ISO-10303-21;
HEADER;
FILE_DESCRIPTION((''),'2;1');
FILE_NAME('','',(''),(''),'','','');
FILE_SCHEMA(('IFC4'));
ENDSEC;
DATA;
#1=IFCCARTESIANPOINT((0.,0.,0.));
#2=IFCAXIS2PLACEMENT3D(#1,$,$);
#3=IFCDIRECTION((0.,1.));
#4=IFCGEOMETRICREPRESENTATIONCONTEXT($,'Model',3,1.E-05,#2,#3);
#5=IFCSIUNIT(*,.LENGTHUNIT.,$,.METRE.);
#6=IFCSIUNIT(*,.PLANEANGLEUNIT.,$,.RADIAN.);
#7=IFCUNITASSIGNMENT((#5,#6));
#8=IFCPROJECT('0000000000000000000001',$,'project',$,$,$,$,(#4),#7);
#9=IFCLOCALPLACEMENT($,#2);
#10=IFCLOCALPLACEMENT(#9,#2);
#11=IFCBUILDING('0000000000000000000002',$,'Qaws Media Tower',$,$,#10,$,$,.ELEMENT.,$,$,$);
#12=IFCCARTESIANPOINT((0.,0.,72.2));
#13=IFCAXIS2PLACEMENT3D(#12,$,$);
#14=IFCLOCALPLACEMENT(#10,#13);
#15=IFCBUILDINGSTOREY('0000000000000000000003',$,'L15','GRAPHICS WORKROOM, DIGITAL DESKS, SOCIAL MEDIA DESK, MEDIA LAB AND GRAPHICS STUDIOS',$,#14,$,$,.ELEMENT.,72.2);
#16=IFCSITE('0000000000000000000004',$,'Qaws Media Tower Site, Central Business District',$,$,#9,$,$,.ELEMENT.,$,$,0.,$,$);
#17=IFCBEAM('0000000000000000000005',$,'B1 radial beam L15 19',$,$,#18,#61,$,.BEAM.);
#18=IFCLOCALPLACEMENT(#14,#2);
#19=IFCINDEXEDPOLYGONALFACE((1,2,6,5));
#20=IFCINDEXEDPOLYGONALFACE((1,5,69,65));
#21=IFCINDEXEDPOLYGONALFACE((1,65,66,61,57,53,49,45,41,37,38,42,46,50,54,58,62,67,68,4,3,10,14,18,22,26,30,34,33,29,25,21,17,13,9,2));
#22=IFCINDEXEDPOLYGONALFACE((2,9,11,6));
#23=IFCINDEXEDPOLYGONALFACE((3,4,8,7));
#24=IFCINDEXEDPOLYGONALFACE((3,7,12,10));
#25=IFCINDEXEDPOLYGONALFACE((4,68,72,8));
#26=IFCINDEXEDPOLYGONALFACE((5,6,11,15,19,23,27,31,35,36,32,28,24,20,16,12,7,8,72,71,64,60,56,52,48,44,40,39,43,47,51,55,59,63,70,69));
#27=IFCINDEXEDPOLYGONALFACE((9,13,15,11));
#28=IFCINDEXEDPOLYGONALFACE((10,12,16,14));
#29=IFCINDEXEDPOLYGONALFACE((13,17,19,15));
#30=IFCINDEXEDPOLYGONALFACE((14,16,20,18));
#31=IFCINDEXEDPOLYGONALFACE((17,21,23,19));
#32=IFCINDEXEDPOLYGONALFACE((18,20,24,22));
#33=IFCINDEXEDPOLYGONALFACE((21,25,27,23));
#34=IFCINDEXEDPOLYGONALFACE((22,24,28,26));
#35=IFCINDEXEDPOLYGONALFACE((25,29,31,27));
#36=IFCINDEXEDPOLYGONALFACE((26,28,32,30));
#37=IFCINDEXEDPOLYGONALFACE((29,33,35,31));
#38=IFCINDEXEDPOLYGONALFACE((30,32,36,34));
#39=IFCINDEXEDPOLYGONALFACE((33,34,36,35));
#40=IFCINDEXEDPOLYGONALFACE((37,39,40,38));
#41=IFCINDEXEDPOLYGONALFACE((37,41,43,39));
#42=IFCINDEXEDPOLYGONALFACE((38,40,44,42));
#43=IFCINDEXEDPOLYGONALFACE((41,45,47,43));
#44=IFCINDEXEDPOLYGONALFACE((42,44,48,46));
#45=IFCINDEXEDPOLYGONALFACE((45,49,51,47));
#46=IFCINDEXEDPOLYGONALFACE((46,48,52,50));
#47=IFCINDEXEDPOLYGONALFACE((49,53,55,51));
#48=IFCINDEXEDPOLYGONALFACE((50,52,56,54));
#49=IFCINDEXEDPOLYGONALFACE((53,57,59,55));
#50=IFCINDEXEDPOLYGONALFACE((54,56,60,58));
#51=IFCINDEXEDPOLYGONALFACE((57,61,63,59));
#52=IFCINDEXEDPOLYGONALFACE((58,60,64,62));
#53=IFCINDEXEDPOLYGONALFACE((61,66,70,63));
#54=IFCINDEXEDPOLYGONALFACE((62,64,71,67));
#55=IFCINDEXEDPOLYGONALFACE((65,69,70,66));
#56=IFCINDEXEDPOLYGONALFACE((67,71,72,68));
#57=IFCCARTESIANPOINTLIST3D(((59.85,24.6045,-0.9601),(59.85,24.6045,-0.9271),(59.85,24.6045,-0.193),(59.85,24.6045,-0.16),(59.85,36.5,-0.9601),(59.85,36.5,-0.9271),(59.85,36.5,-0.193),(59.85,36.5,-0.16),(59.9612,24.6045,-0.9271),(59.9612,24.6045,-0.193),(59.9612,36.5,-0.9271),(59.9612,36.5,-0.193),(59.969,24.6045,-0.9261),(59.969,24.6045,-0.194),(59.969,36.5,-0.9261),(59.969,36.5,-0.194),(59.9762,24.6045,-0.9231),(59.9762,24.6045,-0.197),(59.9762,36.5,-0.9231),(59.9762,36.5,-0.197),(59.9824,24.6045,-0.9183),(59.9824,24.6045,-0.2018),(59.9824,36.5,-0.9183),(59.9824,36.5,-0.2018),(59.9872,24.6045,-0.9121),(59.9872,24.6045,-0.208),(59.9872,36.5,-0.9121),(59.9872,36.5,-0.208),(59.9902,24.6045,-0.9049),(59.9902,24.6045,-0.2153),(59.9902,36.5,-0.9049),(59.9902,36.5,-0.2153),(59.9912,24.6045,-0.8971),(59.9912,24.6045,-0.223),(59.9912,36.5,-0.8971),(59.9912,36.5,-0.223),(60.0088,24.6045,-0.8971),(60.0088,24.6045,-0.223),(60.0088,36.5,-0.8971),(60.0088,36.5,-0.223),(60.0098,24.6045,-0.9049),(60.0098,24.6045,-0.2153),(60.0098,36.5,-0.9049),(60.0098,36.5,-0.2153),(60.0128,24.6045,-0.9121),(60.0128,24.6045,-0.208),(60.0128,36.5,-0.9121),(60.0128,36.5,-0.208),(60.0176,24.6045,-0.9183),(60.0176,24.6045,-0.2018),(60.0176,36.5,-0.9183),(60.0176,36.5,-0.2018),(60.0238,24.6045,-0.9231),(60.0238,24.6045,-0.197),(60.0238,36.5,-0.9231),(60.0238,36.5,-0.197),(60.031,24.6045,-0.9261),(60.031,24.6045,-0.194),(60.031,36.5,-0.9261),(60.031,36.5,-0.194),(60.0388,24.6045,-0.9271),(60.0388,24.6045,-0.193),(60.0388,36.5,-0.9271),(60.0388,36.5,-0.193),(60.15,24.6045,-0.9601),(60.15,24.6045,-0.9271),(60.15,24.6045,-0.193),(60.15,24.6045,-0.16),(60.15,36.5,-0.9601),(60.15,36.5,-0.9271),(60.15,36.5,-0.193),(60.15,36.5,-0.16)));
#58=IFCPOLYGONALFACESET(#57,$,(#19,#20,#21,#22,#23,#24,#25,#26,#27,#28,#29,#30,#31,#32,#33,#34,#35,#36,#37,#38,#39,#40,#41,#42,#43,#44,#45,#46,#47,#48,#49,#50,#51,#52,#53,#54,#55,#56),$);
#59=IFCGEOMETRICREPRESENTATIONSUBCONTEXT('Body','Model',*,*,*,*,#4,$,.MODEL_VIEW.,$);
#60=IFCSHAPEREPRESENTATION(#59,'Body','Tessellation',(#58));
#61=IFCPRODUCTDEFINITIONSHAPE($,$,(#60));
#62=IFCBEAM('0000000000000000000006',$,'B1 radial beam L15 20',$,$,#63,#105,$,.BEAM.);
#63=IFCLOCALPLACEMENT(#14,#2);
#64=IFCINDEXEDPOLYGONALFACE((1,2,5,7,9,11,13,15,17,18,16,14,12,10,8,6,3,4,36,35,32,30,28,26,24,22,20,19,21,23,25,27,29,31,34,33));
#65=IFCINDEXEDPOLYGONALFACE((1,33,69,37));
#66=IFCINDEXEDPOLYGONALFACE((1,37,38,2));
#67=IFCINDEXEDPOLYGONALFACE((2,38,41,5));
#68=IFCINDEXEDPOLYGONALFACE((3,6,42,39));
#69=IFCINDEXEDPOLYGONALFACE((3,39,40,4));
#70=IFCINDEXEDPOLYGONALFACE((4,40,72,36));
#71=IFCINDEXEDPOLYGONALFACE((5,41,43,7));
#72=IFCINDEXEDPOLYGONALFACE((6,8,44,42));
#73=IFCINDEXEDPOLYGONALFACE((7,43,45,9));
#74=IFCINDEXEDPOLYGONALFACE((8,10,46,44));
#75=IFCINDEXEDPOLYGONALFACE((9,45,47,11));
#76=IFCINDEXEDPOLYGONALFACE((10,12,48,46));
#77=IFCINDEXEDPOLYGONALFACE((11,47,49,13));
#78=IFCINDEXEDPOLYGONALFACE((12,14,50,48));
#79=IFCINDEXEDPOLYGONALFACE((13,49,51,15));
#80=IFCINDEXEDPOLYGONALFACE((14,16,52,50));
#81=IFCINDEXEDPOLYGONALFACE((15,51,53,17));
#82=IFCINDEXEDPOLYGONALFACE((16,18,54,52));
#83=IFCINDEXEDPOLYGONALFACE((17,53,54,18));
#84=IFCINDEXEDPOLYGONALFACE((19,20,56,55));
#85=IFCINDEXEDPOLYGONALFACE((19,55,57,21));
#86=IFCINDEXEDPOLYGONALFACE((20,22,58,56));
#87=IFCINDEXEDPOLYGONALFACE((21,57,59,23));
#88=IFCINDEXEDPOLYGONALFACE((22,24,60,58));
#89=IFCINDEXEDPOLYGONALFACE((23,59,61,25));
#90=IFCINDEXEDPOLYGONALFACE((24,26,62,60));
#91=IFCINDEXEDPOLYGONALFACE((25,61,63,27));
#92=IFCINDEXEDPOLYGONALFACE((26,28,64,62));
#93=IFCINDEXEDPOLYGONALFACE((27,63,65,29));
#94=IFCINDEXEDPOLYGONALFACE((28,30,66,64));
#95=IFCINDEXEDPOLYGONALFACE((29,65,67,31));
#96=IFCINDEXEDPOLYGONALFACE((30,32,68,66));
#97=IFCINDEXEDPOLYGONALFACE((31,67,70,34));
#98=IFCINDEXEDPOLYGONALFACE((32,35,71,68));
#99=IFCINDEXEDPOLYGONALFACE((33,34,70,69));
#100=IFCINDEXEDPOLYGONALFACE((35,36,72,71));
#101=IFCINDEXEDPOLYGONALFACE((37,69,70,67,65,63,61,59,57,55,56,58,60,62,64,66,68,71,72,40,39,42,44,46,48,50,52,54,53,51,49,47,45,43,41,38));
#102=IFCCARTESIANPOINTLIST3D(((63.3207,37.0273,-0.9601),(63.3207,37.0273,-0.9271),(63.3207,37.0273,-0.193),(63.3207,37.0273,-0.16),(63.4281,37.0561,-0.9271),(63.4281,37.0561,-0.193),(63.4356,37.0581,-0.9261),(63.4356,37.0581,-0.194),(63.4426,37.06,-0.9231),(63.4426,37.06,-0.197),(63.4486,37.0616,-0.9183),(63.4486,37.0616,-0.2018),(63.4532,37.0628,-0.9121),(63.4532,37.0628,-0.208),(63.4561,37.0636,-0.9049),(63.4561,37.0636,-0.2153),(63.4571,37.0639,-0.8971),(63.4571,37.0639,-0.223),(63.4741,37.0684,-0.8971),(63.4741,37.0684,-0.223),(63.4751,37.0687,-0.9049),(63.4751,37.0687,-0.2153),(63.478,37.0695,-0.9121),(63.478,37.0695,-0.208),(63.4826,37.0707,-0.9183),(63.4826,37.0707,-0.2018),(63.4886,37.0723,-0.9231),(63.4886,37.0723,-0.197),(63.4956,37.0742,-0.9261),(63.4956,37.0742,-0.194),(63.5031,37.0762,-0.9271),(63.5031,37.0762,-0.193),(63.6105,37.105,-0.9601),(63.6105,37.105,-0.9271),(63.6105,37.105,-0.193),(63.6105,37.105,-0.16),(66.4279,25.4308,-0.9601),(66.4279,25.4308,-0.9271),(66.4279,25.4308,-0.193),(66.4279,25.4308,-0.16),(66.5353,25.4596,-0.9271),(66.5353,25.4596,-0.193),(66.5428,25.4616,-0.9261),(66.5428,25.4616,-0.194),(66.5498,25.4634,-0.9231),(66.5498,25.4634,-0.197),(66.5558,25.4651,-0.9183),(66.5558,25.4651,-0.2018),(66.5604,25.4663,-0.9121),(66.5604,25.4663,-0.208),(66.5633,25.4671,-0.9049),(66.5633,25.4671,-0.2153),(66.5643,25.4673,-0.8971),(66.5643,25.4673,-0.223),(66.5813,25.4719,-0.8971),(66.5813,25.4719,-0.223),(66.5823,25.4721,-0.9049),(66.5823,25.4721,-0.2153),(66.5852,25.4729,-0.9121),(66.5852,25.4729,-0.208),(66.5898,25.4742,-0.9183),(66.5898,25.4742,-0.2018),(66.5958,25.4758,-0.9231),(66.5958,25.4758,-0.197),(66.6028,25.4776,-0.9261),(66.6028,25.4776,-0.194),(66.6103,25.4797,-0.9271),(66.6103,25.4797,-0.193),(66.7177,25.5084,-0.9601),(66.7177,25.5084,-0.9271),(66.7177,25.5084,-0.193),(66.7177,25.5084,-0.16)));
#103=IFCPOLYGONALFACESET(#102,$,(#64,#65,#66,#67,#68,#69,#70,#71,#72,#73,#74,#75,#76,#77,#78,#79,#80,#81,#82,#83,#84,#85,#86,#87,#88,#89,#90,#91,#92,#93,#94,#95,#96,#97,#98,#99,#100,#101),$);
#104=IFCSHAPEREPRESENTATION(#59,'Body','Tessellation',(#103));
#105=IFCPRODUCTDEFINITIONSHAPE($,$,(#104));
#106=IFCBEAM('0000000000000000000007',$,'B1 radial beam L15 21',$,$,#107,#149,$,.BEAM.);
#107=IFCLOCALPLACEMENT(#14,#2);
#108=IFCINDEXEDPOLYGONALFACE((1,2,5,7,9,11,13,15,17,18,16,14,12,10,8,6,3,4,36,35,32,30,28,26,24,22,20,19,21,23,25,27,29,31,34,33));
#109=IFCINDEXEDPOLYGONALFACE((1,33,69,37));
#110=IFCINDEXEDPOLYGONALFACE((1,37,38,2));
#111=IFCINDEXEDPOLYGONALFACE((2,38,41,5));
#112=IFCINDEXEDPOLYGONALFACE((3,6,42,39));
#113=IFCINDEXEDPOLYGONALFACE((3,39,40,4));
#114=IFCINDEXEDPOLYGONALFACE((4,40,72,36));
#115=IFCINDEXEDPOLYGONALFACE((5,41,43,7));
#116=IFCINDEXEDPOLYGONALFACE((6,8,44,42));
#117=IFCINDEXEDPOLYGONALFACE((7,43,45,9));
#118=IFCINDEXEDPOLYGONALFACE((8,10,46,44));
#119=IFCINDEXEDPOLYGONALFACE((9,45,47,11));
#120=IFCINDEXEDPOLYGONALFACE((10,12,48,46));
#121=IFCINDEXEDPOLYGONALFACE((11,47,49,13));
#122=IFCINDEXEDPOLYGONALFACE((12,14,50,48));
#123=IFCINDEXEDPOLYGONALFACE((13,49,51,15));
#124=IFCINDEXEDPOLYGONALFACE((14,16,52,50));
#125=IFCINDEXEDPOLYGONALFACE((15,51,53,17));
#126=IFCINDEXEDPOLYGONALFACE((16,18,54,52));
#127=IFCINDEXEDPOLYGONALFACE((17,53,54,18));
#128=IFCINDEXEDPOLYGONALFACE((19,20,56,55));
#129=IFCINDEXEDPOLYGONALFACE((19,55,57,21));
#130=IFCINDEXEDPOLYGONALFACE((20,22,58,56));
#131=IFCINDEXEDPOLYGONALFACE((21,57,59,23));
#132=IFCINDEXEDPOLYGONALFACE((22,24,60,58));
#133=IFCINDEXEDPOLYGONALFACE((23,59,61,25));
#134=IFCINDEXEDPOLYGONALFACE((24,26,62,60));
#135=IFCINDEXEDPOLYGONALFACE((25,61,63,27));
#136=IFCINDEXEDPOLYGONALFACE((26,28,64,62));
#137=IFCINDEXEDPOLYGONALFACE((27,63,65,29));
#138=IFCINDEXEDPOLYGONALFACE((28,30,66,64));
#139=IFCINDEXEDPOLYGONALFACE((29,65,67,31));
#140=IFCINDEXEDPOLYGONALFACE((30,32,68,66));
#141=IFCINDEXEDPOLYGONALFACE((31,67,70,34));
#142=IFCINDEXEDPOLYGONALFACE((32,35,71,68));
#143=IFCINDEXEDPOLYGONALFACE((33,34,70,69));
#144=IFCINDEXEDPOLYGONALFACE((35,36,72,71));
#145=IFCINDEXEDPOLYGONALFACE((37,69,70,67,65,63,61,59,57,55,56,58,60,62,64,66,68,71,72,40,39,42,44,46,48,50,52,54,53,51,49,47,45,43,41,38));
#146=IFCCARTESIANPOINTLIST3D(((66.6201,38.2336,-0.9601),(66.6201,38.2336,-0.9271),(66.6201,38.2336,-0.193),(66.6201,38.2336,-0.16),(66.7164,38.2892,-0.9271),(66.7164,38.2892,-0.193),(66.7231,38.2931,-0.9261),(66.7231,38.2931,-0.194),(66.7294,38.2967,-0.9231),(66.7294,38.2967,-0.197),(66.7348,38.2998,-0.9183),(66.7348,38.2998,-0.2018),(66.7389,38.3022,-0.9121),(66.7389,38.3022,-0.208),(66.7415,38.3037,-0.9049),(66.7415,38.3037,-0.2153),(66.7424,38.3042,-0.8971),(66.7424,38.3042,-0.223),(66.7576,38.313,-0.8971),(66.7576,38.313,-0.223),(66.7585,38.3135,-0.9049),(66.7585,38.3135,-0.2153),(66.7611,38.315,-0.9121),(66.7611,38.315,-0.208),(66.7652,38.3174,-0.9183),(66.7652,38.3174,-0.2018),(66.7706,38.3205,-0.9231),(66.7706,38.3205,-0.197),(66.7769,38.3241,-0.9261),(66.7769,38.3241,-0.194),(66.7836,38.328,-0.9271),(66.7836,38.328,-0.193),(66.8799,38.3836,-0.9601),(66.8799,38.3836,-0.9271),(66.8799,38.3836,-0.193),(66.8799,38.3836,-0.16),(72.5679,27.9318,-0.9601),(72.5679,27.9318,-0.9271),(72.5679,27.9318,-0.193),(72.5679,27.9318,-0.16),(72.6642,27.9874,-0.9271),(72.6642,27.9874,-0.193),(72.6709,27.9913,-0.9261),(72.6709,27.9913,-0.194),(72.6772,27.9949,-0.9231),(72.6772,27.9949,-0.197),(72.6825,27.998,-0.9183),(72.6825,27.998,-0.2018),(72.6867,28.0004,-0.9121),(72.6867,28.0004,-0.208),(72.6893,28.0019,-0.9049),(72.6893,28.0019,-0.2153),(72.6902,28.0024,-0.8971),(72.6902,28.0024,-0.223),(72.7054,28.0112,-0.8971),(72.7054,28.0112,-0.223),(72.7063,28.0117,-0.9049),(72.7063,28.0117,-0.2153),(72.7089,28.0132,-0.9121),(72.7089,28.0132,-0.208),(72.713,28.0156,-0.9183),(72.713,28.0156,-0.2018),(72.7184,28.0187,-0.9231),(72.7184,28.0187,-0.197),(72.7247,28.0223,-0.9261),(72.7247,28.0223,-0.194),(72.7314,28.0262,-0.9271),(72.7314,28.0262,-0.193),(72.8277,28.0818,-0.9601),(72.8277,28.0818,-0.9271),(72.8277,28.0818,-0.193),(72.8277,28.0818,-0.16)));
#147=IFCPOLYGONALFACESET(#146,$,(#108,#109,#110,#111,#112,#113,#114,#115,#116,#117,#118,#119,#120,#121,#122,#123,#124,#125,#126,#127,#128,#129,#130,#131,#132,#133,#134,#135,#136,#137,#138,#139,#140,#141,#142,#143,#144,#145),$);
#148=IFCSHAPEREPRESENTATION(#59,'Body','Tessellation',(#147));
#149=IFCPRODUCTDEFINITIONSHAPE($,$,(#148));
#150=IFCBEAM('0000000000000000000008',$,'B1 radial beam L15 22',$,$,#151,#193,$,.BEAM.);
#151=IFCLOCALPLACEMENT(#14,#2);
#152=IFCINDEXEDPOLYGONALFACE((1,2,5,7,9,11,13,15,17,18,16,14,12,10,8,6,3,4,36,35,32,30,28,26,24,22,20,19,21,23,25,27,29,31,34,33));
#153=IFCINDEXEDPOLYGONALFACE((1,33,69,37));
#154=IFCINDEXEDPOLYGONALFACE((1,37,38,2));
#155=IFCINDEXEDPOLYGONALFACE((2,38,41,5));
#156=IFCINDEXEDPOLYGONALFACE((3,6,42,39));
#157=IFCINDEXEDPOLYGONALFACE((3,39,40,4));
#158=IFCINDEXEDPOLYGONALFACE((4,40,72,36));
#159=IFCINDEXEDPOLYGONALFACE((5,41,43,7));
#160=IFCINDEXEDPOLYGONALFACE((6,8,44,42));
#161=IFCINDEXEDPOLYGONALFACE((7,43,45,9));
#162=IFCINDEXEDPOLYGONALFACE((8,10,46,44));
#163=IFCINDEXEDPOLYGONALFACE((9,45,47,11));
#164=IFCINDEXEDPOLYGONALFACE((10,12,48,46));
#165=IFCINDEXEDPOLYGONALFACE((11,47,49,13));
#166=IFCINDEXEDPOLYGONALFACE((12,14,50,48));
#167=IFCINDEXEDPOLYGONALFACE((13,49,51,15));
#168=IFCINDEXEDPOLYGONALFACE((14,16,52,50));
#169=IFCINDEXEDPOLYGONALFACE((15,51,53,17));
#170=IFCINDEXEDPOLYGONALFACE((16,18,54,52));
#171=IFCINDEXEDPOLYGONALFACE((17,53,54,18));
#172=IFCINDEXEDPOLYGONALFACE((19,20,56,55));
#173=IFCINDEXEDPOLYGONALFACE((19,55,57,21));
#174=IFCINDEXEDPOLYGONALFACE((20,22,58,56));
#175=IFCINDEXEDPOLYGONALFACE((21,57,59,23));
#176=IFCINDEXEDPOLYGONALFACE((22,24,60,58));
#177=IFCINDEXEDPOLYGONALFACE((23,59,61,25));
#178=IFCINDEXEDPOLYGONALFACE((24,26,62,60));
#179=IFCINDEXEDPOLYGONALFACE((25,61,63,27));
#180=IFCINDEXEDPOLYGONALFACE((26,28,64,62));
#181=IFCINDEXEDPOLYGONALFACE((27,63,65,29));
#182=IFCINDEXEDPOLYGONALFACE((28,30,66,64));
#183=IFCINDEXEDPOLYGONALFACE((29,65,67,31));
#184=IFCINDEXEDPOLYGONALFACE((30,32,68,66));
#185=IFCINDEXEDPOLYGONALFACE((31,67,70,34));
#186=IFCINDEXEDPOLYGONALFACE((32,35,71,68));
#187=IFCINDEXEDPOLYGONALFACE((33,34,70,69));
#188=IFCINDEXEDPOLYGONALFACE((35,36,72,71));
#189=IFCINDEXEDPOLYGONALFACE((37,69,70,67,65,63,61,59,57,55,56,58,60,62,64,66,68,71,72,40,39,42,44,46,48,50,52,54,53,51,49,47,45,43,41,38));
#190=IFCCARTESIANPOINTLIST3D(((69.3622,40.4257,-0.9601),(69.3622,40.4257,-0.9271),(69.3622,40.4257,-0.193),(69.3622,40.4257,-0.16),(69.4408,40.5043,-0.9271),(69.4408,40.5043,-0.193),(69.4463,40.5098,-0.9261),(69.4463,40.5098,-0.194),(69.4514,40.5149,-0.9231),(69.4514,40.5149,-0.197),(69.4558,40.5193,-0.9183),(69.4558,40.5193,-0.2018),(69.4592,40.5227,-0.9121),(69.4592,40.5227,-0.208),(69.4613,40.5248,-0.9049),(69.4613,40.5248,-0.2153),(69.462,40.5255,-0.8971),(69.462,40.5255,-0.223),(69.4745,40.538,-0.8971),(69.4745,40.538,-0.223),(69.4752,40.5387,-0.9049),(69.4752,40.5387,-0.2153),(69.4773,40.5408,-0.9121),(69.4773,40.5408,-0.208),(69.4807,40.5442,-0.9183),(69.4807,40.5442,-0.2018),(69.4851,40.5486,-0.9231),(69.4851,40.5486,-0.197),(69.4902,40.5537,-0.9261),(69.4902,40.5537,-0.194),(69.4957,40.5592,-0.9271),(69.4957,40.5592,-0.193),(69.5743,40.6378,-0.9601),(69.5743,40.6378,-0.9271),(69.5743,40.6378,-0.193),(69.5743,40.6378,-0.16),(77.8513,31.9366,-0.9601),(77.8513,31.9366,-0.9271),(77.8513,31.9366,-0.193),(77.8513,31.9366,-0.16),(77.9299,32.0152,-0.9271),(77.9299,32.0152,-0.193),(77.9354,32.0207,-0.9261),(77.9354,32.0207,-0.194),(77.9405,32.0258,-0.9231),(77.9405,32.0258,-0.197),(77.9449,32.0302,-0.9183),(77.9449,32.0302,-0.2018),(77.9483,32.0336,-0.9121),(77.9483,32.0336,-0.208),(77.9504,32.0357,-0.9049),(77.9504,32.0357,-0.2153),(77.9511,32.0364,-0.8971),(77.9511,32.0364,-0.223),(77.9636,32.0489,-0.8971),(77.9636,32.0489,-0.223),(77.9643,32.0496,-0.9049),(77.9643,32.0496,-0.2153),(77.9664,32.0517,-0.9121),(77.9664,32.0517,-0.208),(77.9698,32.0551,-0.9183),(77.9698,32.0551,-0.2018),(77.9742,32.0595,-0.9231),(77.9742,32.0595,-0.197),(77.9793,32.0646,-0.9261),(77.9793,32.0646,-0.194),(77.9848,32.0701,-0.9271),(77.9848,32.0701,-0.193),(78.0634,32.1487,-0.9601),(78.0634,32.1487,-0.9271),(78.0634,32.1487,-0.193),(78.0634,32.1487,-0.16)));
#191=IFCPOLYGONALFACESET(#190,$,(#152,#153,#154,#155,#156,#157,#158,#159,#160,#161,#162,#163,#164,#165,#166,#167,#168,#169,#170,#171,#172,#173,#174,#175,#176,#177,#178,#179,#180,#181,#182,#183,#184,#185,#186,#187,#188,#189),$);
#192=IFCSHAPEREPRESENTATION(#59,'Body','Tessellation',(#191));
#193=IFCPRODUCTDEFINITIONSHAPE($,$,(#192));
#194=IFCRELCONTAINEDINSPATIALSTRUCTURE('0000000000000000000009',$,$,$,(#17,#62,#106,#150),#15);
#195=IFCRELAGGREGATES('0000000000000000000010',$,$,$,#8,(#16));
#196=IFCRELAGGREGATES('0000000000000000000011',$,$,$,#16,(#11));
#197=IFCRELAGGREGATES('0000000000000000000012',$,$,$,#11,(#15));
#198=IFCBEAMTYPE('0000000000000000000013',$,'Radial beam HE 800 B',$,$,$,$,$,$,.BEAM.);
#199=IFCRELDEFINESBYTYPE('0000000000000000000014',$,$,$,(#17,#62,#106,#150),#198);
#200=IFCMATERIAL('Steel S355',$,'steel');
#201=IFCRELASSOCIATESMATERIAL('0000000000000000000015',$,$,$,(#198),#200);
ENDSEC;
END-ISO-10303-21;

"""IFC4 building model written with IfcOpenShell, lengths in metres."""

from ifc_helpers import new_model, si_unit, direction, frame, origin, origin_2d, place, context, subcontext, project, spatial, i_section, extrude, material, material_profile, profile_set, type_object, element, save


model = new_model("IFC4")

# Units and contexts
model_context = context("Model", 3, precision=1e-05, world=origin(), true_north=direction((0.0, 1.0)))
body_context = subcontext(model_context, "Body", "Model", "MODEL_VIEW")
ifc_project = project(units=[si_unit("LENGTHUNIT", "METRE"), si_unit("PLANEANGLEUNIT", "RADIAN")], contexts=[model_context])

# Site, building, storey
site_placement = place(None, origin())
site = spatial("IfcSite", under=ifc_project, at=site_placement, Name="Qaws Media Tower Site, Central Business District", CompositionType="ELEMENT", RefElevation=0.0)
building_placement = place(site_placement, origin())
building = spatial("IfcBuilding", under=site, at=building_placement, Name="Qaws Media Tower", CompositionType="ELEMENT")
storey_placement = place(building_placement, frame((0.0, 0.0, 72.2)))
storey = spatial("IfcBuildingStorey", under=building, at=storey_placement, Name="L15", Description="GRAPHICS WORKROOM, DIGITAL DESKS, SOCIAL MEDIA DESK, MEDIA LAB AND GRAPHICS STUDIOS", CompositionType="ELEMENT", Elevation=72.2)

# Beams
ifc_material_1 = material(Name="Steel S355", Category="steel")
ifc_material_profile_1 = material_profile(ifc_material_1, i_section(OverallWidth=0.3, OverallDepth=0.8, WebThickness=0.0176, FlangeThickness=0.033, FilletRadius=0.03, at=origin_2d()), Name="HE 800 B")
ifc_profile_set_1 = profile_set([ifc_material_profile_1], Name="Steel S355")
beam_type_1 = type_object("IfcBeamType", Name="Radial beam HE 800 B", PredefinedType="BEAM", material=ifc_profile_set_1)
beam_1_placement = place(storey_placement, frame((60.0, 36.5, -0.5601), z_axis=(0.0, -1.0, 0.0), x_axis=(1.0, 0.0, 0.0)))
element("IfcBeam", 1, at=beam_1_placement, inside=storey, type_object=beam_type_1, Name="B1 radial beam L15 19", PredefinedType="BEAM", context=body_context, shape_type="SweptSolid", body=[
    extrude(i_section(OverallWidth=0.3, OverallDepth=0.8, WebThickness=0.0176, FlangeThickness=0.033, FilletRadius=0.03, at=origin_2d()), origin(), (0.0, 0.0, 1.0), 11.8955),
])
beam_2_placement = place(storey_placement, frame((63.4656, 37.0662, -0.5601), z_axis=(0.258813, -0.965927, 0.0), x_axis=(0.965927, 0.258813, 0.0)))
element("IfcBeam", 2, at=beam_2_placement, inside=storey, type_object=beam_type_1, Name="B1 radial beam L15 20", PredefinedType="BEAM", context=body_context, shape_type="SweptSolid", body=[
    extrude(i_section(OverallWidth=0.3, OverallDepth=0.8, WebThickness=0.0176, FlangeThickness=0.033, FilletRadius=0.03, at=origin_2d()), origin(), (0.0, 0.0, 1.0), 12.0056),
])
beam_3_placement = place(storey_placement, frame((66.75, 38.3086, -0.5601), z_axis=(0.500002, -0.866024, 0.0), x_axis=(0.866024, 0.500002, 0.0)))
element("IfcBeam", 3, at=beam_3_placement, inside=storey, type_object=beam_type_1, Name="B1 radial beam L15 21", PredefinedType="BEAM", context=body_context, shape_type="SweptSolid", body=[
    extrude(i_section(OverallWidth=0.3, OverallDepth=0.8, WebThickness=0.0176, FlangeThickness=0.033, FilletRadius=0.03, at=origin_2d()), origin(), (0.0, 0.0, 1.0), 11.8955),
])
beam_4_placement = place(storey_placement, frame((69.4683, 40.5317, -0.5601), z_axis=(0.707107, -0.707107, 0.0), x_axis=(0.707107, 0.707107, 0.0)))
element("IfcBeam", 4, at=beam_4_placement, inside=storey, type_object=beam_type_1, Name="B1 radial beam L15 22", PredefinedType="BEAM", context=body_context, shape_type="SweptSolid", body=[
    extrude(i_section(OverallWidth=0.3, OverallDepth=0.8, WebThickness=0.0176, FlangeThickness=0.033, FilletRadius=0.03, at=origin_2d()), origin(), (0.0, 0.0, 1.0), 12.0054),
])

save(model, "model.ifc")
